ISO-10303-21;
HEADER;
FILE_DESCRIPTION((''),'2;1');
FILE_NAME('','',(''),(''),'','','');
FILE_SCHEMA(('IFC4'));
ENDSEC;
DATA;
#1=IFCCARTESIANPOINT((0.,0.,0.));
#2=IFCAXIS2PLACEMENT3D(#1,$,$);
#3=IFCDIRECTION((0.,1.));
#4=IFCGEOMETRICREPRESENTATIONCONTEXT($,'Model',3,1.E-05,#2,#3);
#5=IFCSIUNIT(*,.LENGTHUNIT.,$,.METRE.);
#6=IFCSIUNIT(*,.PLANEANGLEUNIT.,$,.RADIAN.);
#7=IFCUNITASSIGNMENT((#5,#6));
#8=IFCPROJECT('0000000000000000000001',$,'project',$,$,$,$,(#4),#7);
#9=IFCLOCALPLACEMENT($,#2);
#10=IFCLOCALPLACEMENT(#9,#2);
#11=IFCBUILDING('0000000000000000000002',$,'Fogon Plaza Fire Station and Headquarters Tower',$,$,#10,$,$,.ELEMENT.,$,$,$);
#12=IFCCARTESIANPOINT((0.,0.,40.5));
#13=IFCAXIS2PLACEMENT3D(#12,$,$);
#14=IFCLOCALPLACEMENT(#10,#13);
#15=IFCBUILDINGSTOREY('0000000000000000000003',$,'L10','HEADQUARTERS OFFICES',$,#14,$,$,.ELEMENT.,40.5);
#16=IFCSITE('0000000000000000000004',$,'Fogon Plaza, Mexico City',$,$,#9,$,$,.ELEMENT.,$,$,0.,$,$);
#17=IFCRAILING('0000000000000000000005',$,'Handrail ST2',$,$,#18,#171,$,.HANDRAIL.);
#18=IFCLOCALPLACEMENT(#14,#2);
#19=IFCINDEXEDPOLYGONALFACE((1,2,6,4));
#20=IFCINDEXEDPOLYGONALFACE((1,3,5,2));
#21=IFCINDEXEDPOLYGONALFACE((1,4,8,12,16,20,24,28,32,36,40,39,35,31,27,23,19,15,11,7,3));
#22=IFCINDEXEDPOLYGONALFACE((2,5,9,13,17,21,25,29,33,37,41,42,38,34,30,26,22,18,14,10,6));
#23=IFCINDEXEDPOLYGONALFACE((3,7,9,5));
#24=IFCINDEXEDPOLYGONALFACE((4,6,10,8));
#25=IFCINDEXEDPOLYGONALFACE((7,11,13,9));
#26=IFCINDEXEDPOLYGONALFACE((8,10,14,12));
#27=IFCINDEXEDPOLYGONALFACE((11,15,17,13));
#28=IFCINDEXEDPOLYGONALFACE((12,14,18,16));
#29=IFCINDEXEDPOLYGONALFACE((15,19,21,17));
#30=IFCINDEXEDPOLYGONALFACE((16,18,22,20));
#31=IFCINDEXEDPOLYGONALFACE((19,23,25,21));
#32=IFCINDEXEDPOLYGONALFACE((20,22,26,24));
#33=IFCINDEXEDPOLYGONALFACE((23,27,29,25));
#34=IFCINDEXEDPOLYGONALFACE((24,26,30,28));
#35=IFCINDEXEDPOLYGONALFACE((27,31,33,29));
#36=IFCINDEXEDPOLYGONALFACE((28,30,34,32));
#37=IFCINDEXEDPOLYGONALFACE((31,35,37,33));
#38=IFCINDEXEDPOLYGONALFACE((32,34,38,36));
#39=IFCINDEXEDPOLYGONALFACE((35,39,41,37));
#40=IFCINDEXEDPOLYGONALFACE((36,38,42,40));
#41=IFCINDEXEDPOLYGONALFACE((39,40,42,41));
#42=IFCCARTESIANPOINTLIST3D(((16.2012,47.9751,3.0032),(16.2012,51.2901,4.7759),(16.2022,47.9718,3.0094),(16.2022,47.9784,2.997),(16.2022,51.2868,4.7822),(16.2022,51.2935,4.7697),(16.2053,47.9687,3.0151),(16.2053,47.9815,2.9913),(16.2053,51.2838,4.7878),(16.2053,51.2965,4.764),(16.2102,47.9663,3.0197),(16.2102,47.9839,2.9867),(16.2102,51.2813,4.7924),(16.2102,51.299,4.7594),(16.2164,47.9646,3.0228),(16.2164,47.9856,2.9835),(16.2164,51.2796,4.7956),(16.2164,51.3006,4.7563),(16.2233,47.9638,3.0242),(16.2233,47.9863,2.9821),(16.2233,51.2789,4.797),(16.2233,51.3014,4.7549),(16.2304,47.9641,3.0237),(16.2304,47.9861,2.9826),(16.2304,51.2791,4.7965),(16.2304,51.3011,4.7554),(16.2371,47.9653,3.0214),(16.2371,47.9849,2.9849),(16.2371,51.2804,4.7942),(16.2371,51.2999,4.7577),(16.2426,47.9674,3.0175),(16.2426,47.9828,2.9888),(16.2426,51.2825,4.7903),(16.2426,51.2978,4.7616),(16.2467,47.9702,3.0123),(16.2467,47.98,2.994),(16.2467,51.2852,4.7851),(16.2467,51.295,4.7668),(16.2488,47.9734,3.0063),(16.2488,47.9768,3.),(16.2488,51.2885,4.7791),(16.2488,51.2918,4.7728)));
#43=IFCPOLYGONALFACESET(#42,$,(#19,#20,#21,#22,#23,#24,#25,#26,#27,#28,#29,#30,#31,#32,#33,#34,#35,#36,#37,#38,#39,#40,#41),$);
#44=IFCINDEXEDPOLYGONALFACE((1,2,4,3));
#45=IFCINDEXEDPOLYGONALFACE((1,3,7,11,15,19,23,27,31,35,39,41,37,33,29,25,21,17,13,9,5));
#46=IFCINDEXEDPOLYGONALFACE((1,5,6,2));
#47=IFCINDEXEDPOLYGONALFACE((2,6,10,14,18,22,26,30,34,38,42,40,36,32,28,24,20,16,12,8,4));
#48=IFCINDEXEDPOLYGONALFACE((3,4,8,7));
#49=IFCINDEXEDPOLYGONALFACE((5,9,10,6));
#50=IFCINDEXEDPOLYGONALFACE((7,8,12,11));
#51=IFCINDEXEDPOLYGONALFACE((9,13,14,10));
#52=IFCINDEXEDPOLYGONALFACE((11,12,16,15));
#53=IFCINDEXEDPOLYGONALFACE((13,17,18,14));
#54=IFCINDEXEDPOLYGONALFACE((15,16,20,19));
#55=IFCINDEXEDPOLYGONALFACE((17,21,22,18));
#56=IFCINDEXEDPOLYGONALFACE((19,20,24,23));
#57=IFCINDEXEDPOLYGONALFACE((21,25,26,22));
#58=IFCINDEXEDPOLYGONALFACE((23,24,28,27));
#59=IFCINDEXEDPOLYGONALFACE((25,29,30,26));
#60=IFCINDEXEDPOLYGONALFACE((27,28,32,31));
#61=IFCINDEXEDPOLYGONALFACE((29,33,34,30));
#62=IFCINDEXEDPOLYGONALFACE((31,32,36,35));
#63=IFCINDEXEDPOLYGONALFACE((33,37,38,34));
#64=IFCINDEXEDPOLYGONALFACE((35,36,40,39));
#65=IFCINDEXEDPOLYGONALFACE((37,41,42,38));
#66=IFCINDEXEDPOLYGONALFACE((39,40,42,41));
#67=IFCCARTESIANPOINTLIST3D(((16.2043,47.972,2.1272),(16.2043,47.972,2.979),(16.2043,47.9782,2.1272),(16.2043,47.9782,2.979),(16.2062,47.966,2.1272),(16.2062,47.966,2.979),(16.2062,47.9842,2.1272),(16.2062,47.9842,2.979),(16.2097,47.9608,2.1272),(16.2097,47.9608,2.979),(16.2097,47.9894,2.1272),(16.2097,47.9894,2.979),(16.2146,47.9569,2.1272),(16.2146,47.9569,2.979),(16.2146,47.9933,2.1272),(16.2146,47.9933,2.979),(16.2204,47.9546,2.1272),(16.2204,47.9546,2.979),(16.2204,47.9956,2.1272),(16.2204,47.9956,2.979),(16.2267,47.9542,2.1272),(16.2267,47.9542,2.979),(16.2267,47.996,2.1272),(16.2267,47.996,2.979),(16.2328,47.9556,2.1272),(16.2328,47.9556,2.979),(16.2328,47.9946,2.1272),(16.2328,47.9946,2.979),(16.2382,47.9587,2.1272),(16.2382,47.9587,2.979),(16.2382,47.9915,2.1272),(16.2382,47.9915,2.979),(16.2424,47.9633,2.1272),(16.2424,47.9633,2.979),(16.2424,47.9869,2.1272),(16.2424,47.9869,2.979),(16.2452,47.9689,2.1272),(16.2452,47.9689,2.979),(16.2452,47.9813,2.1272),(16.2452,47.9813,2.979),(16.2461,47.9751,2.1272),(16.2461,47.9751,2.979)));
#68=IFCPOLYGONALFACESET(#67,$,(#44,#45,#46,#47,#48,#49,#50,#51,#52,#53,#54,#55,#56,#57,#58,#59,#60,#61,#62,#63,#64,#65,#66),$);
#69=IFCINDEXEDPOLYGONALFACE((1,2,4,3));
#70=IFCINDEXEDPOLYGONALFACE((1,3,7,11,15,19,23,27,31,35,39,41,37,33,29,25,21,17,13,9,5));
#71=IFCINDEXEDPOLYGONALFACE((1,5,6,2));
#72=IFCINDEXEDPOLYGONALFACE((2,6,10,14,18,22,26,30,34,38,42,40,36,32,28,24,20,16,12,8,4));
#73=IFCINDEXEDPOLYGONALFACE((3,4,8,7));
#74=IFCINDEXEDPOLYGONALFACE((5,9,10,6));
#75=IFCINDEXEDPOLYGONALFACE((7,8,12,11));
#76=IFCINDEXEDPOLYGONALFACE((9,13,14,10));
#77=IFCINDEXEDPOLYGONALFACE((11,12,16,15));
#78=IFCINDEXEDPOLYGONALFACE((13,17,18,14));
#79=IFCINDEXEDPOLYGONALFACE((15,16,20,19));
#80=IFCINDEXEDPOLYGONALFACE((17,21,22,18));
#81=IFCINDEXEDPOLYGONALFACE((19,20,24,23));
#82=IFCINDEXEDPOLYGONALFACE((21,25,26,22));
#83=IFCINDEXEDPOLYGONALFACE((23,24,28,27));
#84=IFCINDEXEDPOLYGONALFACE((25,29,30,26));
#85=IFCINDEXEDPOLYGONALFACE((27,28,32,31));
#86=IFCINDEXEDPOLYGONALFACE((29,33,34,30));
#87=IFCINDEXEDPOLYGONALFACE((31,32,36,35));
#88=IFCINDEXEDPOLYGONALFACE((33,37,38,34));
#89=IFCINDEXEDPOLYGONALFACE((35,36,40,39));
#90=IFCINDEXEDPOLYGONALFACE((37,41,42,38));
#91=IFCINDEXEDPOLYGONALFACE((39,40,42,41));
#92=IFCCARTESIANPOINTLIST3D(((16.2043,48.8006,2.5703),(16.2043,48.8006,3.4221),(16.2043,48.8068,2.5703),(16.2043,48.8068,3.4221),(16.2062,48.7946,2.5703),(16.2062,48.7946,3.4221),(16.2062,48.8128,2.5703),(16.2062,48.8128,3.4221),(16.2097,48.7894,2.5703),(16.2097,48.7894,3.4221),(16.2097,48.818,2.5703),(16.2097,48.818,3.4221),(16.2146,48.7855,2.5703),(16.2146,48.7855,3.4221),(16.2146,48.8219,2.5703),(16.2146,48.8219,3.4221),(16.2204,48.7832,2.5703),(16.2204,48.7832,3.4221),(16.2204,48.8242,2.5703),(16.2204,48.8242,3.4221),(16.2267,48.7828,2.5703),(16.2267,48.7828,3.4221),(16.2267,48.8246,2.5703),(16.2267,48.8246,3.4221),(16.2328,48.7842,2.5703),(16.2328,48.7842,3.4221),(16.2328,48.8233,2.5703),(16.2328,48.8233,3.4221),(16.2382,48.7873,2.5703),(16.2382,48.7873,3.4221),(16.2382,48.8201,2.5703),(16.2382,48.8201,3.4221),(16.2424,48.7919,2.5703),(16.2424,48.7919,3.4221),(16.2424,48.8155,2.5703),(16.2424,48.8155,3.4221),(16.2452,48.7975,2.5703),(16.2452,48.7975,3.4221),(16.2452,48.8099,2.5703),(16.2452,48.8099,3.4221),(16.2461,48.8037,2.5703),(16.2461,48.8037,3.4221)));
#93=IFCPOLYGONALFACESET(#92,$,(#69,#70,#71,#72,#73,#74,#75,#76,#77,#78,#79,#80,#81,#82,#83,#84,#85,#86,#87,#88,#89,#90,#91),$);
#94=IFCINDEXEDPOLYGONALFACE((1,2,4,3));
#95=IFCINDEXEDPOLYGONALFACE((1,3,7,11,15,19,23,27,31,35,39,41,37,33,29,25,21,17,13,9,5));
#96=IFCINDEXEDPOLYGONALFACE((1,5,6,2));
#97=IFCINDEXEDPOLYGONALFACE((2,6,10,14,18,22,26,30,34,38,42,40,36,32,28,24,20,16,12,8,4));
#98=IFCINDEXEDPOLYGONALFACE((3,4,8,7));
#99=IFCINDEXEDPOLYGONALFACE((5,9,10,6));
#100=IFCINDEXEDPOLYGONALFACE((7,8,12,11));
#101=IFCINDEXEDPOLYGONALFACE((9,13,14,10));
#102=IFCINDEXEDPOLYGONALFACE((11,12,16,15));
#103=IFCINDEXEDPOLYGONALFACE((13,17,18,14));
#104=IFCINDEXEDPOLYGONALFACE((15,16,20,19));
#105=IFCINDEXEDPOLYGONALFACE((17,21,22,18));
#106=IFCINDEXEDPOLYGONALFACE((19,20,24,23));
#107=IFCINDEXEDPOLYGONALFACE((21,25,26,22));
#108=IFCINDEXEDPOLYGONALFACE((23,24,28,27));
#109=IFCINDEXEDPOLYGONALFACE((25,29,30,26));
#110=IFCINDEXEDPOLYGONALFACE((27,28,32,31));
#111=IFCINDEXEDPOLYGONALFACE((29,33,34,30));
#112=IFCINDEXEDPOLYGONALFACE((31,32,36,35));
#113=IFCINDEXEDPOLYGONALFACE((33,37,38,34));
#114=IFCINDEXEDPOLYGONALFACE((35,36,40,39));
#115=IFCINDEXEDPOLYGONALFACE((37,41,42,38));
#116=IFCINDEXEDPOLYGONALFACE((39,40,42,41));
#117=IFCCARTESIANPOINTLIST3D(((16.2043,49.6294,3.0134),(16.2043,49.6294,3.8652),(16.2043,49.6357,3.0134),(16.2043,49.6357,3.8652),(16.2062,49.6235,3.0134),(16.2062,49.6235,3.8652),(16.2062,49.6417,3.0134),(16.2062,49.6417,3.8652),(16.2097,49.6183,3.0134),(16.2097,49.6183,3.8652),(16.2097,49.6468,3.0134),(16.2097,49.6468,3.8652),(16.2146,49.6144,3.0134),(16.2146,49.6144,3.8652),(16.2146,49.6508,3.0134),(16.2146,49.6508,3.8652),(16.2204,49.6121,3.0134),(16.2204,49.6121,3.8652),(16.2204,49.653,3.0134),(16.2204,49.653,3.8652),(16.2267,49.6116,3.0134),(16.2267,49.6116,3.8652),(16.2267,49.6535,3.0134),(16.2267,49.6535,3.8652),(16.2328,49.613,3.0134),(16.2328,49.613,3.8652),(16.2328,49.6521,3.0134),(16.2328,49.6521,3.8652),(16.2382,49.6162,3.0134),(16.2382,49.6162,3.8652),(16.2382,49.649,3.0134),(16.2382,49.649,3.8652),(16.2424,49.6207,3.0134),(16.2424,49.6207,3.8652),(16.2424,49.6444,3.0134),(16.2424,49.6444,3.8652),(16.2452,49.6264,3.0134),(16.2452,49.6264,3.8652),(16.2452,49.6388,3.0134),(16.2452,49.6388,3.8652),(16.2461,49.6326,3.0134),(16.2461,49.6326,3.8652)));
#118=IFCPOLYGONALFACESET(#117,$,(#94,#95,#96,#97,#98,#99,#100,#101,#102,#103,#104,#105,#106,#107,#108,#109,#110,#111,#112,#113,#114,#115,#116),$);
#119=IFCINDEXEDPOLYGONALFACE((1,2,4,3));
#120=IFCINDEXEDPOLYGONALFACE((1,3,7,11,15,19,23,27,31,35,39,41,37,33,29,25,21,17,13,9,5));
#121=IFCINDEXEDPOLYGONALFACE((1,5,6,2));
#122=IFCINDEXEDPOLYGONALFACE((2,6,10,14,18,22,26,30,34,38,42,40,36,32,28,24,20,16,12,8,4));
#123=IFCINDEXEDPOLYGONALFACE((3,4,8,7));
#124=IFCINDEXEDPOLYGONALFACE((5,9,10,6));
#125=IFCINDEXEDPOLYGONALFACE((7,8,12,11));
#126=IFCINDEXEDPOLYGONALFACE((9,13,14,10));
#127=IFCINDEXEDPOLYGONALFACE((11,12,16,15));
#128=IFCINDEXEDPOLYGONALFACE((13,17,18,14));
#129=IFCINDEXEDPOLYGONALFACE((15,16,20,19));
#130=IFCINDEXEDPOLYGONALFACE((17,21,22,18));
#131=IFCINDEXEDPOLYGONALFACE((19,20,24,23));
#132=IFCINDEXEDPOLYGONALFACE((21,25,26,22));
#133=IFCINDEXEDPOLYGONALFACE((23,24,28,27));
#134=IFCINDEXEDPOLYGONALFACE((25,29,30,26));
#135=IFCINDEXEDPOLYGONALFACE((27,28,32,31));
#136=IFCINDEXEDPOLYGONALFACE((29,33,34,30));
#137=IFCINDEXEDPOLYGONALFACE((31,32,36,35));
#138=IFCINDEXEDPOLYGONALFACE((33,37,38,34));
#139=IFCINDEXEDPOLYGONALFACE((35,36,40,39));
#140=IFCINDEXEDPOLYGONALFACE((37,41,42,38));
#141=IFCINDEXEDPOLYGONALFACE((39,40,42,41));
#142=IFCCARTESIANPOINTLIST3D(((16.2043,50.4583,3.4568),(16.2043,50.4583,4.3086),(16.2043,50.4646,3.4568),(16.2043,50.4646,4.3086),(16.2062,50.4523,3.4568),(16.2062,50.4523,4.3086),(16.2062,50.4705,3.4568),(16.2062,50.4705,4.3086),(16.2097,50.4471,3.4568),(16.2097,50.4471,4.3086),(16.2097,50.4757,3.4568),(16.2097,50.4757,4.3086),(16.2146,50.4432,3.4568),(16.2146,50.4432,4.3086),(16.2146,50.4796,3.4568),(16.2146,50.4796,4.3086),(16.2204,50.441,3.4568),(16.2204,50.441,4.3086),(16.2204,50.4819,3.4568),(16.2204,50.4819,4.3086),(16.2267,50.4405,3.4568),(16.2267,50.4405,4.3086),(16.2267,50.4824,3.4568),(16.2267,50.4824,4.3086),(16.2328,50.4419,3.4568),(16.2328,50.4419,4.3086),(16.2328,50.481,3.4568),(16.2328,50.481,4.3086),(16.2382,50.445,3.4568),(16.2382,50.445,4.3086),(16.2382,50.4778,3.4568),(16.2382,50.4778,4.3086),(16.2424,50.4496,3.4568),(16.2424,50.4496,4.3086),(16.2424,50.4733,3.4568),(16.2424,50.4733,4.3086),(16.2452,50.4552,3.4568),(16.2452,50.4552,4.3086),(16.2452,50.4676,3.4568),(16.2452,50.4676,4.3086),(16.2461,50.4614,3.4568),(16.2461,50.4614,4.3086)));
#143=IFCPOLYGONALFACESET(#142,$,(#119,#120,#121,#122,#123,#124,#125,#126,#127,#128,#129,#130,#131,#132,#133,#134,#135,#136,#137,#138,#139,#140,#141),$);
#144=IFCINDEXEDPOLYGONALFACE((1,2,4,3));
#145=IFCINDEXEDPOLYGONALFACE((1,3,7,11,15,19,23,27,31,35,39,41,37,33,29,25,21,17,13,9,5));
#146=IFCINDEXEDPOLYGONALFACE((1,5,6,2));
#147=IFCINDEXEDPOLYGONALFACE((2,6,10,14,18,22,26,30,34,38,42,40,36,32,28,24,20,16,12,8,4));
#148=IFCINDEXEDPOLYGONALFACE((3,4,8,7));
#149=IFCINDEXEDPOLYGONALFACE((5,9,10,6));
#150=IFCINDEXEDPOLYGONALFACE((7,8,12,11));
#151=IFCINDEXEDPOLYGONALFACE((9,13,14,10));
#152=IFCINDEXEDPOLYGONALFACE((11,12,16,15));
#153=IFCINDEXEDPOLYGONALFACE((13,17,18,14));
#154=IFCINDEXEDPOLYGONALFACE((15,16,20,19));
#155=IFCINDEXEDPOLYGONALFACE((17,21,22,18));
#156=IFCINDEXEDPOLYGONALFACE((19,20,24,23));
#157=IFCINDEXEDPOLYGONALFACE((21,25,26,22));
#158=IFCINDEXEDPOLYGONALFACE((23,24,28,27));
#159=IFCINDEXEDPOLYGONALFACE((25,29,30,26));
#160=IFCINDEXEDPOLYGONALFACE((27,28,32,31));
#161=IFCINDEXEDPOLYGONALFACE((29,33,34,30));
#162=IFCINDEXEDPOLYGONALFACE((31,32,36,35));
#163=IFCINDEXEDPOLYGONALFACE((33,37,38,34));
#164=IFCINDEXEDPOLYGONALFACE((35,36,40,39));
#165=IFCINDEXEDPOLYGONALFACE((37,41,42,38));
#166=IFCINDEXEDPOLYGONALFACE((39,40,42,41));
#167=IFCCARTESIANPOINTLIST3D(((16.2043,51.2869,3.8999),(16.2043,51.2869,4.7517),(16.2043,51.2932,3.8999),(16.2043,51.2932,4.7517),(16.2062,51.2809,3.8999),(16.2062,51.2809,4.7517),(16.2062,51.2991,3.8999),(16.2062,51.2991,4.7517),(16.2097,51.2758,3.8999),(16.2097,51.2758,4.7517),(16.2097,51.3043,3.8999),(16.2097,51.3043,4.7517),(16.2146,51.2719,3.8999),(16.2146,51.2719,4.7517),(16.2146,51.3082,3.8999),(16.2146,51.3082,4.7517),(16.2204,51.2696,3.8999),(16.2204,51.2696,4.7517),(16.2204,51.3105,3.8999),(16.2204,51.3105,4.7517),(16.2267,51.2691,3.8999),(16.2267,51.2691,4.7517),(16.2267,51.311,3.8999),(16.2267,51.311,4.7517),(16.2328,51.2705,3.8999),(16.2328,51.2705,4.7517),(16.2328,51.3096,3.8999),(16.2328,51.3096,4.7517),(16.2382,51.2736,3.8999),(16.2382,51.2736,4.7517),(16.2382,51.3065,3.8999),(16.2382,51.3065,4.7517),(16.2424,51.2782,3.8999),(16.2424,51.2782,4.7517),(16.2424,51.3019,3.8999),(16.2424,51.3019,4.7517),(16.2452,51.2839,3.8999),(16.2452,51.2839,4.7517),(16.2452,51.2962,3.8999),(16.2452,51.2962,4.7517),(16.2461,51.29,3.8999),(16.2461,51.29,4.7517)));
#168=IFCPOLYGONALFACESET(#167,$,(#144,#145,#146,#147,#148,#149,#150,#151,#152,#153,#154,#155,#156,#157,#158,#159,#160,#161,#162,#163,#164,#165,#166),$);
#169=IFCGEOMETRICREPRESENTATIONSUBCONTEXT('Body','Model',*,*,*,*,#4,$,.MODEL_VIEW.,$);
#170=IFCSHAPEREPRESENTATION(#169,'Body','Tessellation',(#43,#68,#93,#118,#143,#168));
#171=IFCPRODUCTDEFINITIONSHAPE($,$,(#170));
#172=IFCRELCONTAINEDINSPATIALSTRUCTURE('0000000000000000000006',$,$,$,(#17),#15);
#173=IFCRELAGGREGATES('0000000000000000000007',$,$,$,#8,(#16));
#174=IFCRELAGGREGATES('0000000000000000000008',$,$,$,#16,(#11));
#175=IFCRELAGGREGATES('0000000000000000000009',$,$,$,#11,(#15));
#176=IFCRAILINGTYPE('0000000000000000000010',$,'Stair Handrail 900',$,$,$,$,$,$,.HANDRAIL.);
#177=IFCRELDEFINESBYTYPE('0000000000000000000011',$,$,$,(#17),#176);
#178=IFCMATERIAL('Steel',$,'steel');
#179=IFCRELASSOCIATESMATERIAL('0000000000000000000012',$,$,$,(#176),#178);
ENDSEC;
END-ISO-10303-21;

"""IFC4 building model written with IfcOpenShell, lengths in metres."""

from ifc_helpers import new_model, si_unit, direction, frame, origin, origin_2d, place, context, subcontext, project, spatial, circle, extrude, material, type_object, element, save


model = new_model("IFC4")

# Units and contexts
model_context = context("Model", 3, precision=1e-05, world=origin(), true_north=direction((0.0, 1.0)))
body_context = subcontext(model_context, "Body", "Model", "MODEL_VIEW")
ifc_project = project(units=[si_unit("LENGTHUNIT", "METRE"), si_unit("PLANEANGLEUNIT", "RADIAN")], contexts=[model_context])

# Site, building, storey
site_placement = place(None, origin())
site = spatial("IfcSite", under=ifc_project, at=site_placement, Name="Fogon Plaza, Mexico City", CompositionType="ELEMENT", RefElevation=0.0)
building_placement = place(site_placement, origin())
building = spatial("IfcBuilding", under=site, at=building_placement, Name="Fogon Plaza Fire Station and Headquarters Tower", CompositionType="ELEMENT")
storey_placement = place(building_placement, frame((0.0, 0.0, 40.5)))
storey = spatial("IfcBuildingStorey", under=building, at=storey_placement, Name="L10", Description="HEADQUARTERS OFFICES", CompositionType="ELEMENT", Elevation=40.5)

# Railing
ifc_material_1 = material(Name="Steel", Category="steel")
railing_type = type_object("IfcRailingType", Name="Stair Handrail 900", PredefinedType="HANDRAIL", material=ifc_material_1)
for number, where, name in (
    (1, (16.2251, 47.9751, 2.1272), "Handrail ST2"),
):
    element("IfcRailing", number, at=place(storey_placement, frame(where)), inside=storey, type_object=railing_type, Name=name, PredefinedType="HANDRAIL", context=body_context, shape_type="SweptSolid", body=[
        extrude(circle(Radius=0.0239, at=origin_2d()), frame((0.0, 0.0, 0.876), z_axis=(0.0, 0.881829, 0.471569), x_axis=(-1.0, 0.0, 0.0)), (0.0, 0.0, 1.0), 3.7593),
        extrude(circle(Radius=0.021, at=origin_2d()), origin(), (0.0, 0.0, 1.0), 0.8518),
        extrude(circle(Radius=0.021, at=origin_2d()), frame((0.0, 0.8286, 0.4431)), (0.0, 0.0, 1.0), 0.8518),
        extrude(circle(Radius=0.021, at=origin_2d()), frame((0.0, 1.6575, 0.8862)), (0.0, 0.0, 1.0), 0.8518),
        extrude(circle(Radius=0.021, at=origin_2d()), frame((0.0, 2.4863, 1.3296)), (0.0, 0.0, 1.0), 0.8518),
        extrude(circle(Radius=0.021, at=origin_2d()), frame((0.0, 3.3149, 1.7727)), (0.0, 0.0, 1.0), 0.8518),
    ])

save(model, "model.ifc")
